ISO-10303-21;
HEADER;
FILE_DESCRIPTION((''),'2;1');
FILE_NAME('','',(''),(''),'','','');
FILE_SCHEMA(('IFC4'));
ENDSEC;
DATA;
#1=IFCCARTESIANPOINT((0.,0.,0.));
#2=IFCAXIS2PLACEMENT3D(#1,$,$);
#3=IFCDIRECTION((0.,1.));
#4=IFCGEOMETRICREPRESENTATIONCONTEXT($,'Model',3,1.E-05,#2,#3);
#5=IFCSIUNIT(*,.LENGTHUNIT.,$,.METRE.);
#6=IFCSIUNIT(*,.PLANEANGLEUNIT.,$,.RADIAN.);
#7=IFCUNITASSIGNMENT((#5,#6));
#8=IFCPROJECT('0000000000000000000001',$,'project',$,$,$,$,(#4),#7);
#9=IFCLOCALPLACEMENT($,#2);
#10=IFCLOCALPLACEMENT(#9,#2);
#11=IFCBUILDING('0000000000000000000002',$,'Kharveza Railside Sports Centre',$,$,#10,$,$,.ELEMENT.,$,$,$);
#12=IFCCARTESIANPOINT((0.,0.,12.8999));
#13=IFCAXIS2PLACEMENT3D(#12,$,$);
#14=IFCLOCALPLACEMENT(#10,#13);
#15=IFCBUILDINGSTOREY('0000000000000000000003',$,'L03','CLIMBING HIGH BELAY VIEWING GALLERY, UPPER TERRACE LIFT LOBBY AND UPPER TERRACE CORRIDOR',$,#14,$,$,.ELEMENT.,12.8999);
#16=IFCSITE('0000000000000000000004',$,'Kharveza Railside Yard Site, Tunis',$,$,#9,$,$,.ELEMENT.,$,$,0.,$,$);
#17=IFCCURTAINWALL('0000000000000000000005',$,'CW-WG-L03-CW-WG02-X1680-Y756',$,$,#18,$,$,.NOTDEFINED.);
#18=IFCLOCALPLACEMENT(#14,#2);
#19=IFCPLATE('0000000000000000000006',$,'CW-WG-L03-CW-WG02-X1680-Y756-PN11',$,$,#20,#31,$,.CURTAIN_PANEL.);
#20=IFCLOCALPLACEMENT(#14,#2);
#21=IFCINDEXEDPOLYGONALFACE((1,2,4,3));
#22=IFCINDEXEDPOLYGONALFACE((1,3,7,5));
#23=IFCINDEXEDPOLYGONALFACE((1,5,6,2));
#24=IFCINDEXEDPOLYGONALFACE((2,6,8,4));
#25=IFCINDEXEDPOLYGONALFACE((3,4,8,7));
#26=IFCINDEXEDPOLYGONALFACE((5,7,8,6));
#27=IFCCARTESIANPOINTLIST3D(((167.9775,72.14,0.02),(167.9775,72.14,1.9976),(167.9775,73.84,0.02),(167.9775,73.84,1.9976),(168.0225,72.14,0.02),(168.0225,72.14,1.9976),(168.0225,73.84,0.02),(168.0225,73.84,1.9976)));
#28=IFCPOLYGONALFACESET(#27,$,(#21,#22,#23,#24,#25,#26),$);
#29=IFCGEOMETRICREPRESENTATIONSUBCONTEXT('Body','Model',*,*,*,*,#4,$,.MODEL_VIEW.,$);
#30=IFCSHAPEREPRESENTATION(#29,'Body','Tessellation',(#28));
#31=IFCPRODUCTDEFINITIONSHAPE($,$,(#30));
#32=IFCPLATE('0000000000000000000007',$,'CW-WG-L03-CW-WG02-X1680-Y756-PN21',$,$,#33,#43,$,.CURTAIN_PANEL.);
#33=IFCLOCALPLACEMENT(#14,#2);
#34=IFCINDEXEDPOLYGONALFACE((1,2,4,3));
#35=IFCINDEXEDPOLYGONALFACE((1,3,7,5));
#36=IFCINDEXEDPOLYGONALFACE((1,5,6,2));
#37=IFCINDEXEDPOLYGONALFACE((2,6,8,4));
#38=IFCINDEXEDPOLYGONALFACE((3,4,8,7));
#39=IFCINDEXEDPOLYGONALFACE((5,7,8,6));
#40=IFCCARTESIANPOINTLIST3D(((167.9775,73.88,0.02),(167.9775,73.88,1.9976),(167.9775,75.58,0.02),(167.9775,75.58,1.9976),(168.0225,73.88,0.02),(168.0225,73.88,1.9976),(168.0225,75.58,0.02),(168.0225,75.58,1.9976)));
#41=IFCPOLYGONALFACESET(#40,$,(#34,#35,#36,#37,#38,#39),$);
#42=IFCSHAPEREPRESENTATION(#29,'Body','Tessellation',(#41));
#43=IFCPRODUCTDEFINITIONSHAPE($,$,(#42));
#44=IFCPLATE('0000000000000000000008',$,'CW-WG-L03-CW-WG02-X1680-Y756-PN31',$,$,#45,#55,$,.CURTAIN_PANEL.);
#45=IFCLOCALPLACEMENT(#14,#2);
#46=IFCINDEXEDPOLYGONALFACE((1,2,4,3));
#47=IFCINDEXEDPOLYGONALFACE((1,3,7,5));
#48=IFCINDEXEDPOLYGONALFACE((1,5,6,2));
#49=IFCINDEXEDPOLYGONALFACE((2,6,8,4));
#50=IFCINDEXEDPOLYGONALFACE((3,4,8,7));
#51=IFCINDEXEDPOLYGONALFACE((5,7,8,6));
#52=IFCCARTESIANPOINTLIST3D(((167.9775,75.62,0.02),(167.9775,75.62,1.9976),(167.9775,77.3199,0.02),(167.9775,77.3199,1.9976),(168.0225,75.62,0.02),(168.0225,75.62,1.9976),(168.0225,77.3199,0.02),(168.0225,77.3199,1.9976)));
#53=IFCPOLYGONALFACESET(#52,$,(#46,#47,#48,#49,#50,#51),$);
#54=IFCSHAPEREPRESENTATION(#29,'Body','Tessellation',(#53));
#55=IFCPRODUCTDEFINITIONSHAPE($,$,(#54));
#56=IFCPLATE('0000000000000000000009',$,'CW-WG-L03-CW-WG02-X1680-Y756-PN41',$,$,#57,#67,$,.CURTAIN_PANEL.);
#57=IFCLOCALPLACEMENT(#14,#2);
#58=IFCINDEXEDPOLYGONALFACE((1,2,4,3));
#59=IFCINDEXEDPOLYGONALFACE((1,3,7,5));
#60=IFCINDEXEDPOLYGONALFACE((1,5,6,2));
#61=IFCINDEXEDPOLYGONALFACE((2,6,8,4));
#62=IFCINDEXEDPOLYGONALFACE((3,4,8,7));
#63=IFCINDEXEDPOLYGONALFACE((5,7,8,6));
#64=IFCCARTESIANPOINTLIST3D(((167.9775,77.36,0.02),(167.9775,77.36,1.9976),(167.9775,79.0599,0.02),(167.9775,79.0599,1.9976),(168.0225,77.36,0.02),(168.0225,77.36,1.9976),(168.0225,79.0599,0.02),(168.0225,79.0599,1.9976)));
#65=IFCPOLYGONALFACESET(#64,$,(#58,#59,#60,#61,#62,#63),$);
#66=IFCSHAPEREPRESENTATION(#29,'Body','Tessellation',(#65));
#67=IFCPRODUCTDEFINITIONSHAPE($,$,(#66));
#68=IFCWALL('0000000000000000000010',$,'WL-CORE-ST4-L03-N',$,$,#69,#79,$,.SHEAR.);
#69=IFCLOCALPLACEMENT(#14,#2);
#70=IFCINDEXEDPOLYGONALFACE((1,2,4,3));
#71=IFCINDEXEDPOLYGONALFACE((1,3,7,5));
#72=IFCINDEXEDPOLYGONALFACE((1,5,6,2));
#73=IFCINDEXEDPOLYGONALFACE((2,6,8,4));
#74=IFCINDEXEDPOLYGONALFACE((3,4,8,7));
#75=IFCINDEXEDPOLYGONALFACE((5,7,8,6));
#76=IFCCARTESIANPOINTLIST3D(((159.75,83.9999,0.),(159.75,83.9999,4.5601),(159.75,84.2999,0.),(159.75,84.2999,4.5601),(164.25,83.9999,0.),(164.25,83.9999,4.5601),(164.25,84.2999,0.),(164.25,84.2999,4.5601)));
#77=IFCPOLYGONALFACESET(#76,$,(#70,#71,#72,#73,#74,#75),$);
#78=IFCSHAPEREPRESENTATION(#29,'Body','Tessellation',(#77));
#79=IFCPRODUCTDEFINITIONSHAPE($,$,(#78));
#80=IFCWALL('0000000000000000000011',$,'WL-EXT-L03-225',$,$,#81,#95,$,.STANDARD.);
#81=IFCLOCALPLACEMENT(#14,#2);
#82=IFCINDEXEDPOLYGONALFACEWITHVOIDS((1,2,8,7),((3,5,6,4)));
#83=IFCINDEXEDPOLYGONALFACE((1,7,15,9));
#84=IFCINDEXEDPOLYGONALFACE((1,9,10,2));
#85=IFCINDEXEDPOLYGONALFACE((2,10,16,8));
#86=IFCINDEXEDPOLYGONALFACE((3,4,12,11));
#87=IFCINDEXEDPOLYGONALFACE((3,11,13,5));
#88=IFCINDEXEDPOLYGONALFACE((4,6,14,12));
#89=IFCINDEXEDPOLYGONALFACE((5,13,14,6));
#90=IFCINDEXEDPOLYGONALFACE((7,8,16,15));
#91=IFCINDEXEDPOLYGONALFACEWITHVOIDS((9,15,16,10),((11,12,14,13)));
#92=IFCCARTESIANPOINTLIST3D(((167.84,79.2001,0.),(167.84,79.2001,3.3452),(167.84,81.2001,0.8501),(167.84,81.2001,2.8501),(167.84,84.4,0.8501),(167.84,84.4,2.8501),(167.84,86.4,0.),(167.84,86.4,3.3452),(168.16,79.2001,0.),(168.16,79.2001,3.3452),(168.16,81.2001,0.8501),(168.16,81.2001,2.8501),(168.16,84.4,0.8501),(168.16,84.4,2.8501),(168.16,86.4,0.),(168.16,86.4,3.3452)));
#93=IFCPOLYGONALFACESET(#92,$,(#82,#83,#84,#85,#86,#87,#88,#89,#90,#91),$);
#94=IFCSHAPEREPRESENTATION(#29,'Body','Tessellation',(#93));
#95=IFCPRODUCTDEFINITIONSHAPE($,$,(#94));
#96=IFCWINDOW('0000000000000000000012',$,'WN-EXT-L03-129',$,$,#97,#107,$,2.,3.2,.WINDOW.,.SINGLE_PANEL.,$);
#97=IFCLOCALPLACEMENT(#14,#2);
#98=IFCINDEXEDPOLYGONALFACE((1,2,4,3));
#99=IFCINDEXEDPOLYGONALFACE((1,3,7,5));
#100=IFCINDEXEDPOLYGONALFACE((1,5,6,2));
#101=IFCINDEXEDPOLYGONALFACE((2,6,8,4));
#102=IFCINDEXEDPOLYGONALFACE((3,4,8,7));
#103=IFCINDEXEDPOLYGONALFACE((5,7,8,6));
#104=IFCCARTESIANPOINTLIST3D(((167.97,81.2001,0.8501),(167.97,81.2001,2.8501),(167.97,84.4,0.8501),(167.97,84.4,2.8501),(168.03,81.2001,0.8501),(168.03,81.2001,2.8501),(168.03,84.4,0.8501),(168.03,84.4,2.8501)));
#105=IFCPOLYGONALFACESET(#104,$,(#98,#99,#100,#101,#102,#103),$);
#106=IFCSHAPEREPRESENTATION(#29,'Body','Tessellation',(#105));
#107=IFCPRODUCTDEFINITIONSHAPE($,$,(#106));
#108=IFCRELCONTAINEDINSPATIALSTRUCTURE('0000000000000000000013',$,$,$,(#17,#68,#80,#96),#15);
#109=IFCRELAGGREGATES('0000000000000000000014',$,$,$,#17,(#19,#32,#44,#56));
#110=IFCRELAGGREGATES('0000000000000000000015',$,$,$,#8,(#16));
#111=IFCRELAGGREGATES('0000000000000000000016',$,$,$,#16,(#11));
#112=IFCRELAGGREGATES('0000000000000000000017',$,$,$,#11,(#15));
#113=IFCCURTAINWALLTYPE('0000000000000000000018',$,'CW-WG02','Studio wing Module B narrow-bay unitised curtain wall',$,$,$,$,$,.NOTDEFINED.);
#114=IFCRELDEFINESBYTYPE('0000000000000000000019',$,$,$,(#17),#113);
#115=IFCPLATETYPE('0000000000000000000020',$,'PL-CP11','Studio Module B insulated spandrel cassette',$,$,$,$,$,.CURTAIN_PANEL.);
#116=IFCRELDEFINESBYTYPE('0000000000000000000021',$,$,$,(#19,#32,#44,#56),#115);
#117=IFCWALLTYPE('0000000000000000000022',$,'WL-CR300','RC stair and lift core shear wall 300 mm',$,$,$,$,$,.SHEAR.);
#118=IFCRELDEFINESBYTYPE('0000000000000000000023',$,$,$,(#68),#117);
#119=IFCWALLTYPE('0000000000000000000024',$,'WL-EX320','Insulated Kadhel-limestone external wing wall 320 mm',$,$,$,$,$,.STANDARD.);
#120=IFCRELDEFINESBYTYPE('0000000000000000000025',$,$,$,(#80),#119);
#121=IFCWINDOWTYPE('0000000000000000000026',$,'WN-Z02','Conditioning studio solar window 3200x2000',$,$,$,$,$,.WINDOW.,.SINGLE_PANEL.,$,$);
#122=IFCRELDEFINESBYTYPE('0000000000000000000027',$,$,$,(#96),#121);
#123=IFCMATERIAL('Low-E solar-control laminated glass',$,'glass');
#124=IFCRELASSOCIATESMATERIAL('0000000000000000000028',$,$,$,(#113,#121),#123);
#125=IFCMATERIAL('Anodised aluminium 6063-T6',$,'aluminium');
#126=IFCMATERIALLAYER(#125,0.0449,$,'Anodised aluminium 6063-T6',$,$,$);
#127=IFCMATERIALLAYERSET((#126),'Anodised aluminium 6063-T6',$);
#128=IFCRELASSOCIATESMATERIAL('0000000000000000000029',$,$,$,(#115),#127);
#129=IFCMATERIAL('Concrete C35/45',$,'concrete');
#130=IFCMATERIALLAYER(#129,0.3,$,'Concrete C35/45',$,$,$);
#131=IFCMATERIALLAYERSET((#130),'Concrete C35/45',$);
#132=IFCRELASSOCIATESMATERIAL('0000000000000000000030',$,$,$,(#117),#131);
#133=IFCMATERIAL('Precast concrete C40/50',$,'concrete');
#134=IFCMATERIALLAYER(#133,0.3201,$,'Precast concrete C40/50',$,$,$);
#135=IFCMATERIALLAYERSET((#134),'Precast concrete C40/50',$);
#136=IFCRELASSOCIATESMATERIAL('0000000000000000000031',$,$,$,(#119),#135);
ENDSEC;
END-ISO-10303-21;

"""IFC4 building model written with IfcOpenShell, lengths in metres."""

from ifc_helpers import new_model, si_unit, direction, frame, frame_2d, origin, origin_2d, place, context, subcontext, project, spatial, rectangle, extrude, material, layer, layer_set, type_object, element, fill, aggregate, save


model = new_model("IFC4")

# Units and contexts
model_context = context("Model", 3, precision=1e-05, world=origin(), true_north=direction((0.0, 1.0)))
body_context = subcontext(model_context, "Body", "Model", "MODEL_VIEW")
ifc_project = project(units=[si_unit("LENGTHUNIT", "METRE"), si_unit("PLANEANGLEUNIT", "RADIAN")], contexts=[model_context])

# Site, building, storey
site_placement = place(None, origin())
site = spatial("IfcSite", under=ifc_project, at=site_placement, Name="Kharveza Railside Yard Site, Tunis", CompositionType="ELEMENT", RefElevation=0.0)
building_placement = place(site_placement, origin())
building = spatial("IfcBuilding", under=site, at=building_placement, Name="Kharveza Railside Sports Centre", CompositionType="ELEMENT")
storey_placement = place(building_placement, frame((0.0, 0.0, 12.8999)))
storey = spatial("IfcBuildingStorey", under=building, at=storey_placement, Name="L03", Description="CLIMBING HIGH BELAY VIEWING GALLERY, UPPER TERRACE LIFT LOBBY AND UPPER TERRACE CORRIDOR", CompositionType="ELEMENT", Elevation=12.8999)

# Curtain wall, plates
ifc_material_1 = material(Name="Low-E solar-control laminated glass", Category="glass")
curtain_wall_type = type_object("IfcCurtainWallType", Name="CW-WG02", Description="Studio wing Module B narrow-bay unitised curtain wall", PredefinedType="NOTDEFINED", material=ifc_material_1)
curtain_wall_placement = place(storey_placement, origin())
curtain_wall = element("IfcCurtainWall", 1, at=curtain_wall_placement, inside=storey, type_object=curtain_wall_type, Name="CW-WG-L03-CW-WG02-X1680-Y756", PredefinedType="NOTDEFINED")
ifc_material_2 = material(Name="Anodised aluminium 6063-T6", Category="aluminium")
ifc_layer_1 = layer(ifc_material_2, 0.0449, Name="Anodised aluminium 6063-T6")
ifc_layer_set_1 = layer_set([ifc_layer_1], Name="Anodised aluminium 6063-T6")
plate_type_1 = type_object("IfcPlateType", Name="PL-CP11", Description="Studio Module B insulated spandrel cassette", PredefinedType="CURTAIN_PANEL", material=ifc_layer_set_1)
plate_1_placement = place(storey_placement, frame((168.0, 72.99, 0.02), z_axis=(0.0, 0.0, 1.0), x_axis=(0.0, 1.0, 0.0)))
plate_1 = element("IfcPlate", 2, at=plate_1_placement, type_object=plate_type_1, Name="CW-WG-L03-CW-WG02-X1680-Y756-PN11", PredefinedType="CURTAIN_PANEL", context=body_context, shape_type="SweptSolid", body=[
    extrude(rectangle(XDim=1.7, YDim=0.0449, at=origin_2d()), origin(), (0.0, 0.0, 1.0), 1.9775),
])
plate_2_placement = place(storey_placement, frame((168.0, 74.73, 0.02), z_axis=(0.0, 0.0, 1.0), x_axis=(0.0, 1.0, 0.0)))
plate_2 = element("IfcPlate", 3, at=plate_2_placement, type_object=plate_type_1, Name="CW-WG-L03-CW-WG02-X1680-Y756-PN21", PredefinedType="CURTAIN_PANEL", context=body_context, shape_type="SweptSolid", body=[
    extrude(rectangle(XDim=1.7, YDim=0.0449, at=origin_2d()), origin(), (0.0, 0.0, 1.0), 1.9775),
])
plate_3_placement = place(storey_placement, frame((168.0, 76.47, 0.02), z_axis=(0.0, 0.0, 1.0), x_axis=(0.0, 1.0, 0.0)))
plate_3 = element("IfcPlate", 4, at=plate_3_placement, type_object=plate_type_1, Name="CW-WG-L03-CW-WG02-X1680-Y756-PN31", PredefinedType="CURTAIN_PANEL", context=body_context, shape_type="SweptSolid", body=[
    extrude(rectangle(XDim=1.7, YDim=0.0449, at=origin_2d()), origin(), (0.0, 0.0, 1.0), 1.9775),
])
plate_4_placement = place(storey_placement, frame((168.0, 78.21, 0.02), z_axis=(0.0, 0.0, 1.0), x_axis=(0.0, 1.0, 0.0)))
plate_4 = element("IfcPlate", 5, at=plate_4_placement, type_object=plate_type_1, Name="CW-WG-L03-CW-WG02-X1680-Y756-PN41", PredefinedType="CURTAIN_PANEL", context=body_context, shape_type="SweptSolid", body=[
    extrude(rectangle(XDim=1.7, YDim=0.0449, at=origin_2d()), origin(), (0.0, 0.0, 1.0), 1.9775),
])
aggregate(curtain_wall, [plate_1, plate_2, plate_3, plate_4])

# Wall
ifc_material_3 = material(Name="Concrete C35/45", Category="concrete")
ifc_layer_2 = layer(ifc_material_3, 0.3, Name="Concrete C35/45")
ifc_layer_set_2 = layer_set([ifc_layer_2], Name="Concrete C35/45")
wall_type_1 = type_object("IfcWallType", Name="WL-CR300", Description="RC stair and lift core shear wall 300 mm", PredefinedType="SHEAR", material=ifc_layer_set_2)
wall_1_placement = place(storey_placement, frame((164.25, 84.1499, 0.0), z_axis=(0.0, 0.0, 1.0), x_axis=(-1.0, 0.0, 0.0)))
element("IfcWall", 6, at=wall_1_placement, inside=storey, type_object=wall_type_1, Name="WL-CORE-ST4-L03-N", PredefinedType="SHEAR", context=body_context, shape_type="SweptSolid", body=[
    extrude(rectangle(XDim=4.5, YDim=0.3, at=frame_2d((2.25, 0.0))), origin(), (0.0, 0.0, 1.0), 4.5601),
])

# Wall, opening, window
ifc_material_4 = material(Name="Precast concrete C40/50", Category="concrete")
ifc_layer_3 = layer(ifc_material_4, 0.3201, Name="Precast concrete C40/50")
ifc_layer_set_3 = layer_set([ifc_layer_3], Name="Precast concrete C40/50")
wall_type_2 = type_object("IfcWallType", Name="WL-EX320", Description="Insulated Kadhel-limestone external wing wall 320 mm", PredefinedType="STANDARD", material=ifc_layer_set_3)
wall_2_placement = place(storey_placement, frame((168.0, 79.2, 0.0), z_axis=(0.0, 0.0, 1.0), x_axis=(0.0, 1.0, 0.0)))
wall_2 = element("IfcWall", 7, at=wall_2_placement, inside=storey, type_object=wall_type_2, Name="WL-EXT-L03-225", PredefinedType="STANDARD", context=body_context, shape_type="SweptSolid", body=[
    extrude(rectangle(XDim=7.2, YDim=0.3201, at=frame_2d((3.6001, 0.0))), origin(), (0.0, 0.0, 1.0), 3.3452),
])
opening_placement = place(wall_2_placement, frame((2.0, 0.0, 0.8501)))
opening = element("IfcOpeningElement", 8, at=opening_placement, cuts=wall_2, PredefinedType="OPENING", context=body_context, shape_type="SweptSolid", body=[
    extrude(rectangle(XDim=3.2, YDim=2.0, at=frame_2d((1.6001, 1.0))), frame((0.0, 0.1851, 0.0), z_axis=(0.0, -1.0, 0.0), x_axis=(1.0, 0.0, 0.0)), (0.0, 0.0, 1.0), 0.3699),
])
window_type = type_object("IfcWindowType", Name="WN-Z02", Description="Conditioning studio solar window 3200x2000", PartitioningType="SINGLE_PANEL", PredefinedType="WINDOW", material=ifc_material_1)
window_placement = place(opening_placement, origin())
window = element("IfcWindow", 9, at=window_placement, inside=storey, type_object=window_type, Name="WN-EXT-L03-129", OverallHeight=2.0, OverallWidth=3.2, PartitioningType="SINGLE_PANEL", PredefinedType="WINDOW", context=body_context, shape_type="SweptSolid", body=[
    extrude(rectangle(XDim=3.2, YDim=2.0, at=frame_2d((1.6001, 1.0))), frame((0.0, 0.03, 0.0), z_axis=(0.0, -1.0, 0.0), x_axis=(1.0, 0.0, 0.0)), (0.0, 0.0, 1.0), 0.0601),
])
fill(opening, window)

save(model, "model.ifc")
